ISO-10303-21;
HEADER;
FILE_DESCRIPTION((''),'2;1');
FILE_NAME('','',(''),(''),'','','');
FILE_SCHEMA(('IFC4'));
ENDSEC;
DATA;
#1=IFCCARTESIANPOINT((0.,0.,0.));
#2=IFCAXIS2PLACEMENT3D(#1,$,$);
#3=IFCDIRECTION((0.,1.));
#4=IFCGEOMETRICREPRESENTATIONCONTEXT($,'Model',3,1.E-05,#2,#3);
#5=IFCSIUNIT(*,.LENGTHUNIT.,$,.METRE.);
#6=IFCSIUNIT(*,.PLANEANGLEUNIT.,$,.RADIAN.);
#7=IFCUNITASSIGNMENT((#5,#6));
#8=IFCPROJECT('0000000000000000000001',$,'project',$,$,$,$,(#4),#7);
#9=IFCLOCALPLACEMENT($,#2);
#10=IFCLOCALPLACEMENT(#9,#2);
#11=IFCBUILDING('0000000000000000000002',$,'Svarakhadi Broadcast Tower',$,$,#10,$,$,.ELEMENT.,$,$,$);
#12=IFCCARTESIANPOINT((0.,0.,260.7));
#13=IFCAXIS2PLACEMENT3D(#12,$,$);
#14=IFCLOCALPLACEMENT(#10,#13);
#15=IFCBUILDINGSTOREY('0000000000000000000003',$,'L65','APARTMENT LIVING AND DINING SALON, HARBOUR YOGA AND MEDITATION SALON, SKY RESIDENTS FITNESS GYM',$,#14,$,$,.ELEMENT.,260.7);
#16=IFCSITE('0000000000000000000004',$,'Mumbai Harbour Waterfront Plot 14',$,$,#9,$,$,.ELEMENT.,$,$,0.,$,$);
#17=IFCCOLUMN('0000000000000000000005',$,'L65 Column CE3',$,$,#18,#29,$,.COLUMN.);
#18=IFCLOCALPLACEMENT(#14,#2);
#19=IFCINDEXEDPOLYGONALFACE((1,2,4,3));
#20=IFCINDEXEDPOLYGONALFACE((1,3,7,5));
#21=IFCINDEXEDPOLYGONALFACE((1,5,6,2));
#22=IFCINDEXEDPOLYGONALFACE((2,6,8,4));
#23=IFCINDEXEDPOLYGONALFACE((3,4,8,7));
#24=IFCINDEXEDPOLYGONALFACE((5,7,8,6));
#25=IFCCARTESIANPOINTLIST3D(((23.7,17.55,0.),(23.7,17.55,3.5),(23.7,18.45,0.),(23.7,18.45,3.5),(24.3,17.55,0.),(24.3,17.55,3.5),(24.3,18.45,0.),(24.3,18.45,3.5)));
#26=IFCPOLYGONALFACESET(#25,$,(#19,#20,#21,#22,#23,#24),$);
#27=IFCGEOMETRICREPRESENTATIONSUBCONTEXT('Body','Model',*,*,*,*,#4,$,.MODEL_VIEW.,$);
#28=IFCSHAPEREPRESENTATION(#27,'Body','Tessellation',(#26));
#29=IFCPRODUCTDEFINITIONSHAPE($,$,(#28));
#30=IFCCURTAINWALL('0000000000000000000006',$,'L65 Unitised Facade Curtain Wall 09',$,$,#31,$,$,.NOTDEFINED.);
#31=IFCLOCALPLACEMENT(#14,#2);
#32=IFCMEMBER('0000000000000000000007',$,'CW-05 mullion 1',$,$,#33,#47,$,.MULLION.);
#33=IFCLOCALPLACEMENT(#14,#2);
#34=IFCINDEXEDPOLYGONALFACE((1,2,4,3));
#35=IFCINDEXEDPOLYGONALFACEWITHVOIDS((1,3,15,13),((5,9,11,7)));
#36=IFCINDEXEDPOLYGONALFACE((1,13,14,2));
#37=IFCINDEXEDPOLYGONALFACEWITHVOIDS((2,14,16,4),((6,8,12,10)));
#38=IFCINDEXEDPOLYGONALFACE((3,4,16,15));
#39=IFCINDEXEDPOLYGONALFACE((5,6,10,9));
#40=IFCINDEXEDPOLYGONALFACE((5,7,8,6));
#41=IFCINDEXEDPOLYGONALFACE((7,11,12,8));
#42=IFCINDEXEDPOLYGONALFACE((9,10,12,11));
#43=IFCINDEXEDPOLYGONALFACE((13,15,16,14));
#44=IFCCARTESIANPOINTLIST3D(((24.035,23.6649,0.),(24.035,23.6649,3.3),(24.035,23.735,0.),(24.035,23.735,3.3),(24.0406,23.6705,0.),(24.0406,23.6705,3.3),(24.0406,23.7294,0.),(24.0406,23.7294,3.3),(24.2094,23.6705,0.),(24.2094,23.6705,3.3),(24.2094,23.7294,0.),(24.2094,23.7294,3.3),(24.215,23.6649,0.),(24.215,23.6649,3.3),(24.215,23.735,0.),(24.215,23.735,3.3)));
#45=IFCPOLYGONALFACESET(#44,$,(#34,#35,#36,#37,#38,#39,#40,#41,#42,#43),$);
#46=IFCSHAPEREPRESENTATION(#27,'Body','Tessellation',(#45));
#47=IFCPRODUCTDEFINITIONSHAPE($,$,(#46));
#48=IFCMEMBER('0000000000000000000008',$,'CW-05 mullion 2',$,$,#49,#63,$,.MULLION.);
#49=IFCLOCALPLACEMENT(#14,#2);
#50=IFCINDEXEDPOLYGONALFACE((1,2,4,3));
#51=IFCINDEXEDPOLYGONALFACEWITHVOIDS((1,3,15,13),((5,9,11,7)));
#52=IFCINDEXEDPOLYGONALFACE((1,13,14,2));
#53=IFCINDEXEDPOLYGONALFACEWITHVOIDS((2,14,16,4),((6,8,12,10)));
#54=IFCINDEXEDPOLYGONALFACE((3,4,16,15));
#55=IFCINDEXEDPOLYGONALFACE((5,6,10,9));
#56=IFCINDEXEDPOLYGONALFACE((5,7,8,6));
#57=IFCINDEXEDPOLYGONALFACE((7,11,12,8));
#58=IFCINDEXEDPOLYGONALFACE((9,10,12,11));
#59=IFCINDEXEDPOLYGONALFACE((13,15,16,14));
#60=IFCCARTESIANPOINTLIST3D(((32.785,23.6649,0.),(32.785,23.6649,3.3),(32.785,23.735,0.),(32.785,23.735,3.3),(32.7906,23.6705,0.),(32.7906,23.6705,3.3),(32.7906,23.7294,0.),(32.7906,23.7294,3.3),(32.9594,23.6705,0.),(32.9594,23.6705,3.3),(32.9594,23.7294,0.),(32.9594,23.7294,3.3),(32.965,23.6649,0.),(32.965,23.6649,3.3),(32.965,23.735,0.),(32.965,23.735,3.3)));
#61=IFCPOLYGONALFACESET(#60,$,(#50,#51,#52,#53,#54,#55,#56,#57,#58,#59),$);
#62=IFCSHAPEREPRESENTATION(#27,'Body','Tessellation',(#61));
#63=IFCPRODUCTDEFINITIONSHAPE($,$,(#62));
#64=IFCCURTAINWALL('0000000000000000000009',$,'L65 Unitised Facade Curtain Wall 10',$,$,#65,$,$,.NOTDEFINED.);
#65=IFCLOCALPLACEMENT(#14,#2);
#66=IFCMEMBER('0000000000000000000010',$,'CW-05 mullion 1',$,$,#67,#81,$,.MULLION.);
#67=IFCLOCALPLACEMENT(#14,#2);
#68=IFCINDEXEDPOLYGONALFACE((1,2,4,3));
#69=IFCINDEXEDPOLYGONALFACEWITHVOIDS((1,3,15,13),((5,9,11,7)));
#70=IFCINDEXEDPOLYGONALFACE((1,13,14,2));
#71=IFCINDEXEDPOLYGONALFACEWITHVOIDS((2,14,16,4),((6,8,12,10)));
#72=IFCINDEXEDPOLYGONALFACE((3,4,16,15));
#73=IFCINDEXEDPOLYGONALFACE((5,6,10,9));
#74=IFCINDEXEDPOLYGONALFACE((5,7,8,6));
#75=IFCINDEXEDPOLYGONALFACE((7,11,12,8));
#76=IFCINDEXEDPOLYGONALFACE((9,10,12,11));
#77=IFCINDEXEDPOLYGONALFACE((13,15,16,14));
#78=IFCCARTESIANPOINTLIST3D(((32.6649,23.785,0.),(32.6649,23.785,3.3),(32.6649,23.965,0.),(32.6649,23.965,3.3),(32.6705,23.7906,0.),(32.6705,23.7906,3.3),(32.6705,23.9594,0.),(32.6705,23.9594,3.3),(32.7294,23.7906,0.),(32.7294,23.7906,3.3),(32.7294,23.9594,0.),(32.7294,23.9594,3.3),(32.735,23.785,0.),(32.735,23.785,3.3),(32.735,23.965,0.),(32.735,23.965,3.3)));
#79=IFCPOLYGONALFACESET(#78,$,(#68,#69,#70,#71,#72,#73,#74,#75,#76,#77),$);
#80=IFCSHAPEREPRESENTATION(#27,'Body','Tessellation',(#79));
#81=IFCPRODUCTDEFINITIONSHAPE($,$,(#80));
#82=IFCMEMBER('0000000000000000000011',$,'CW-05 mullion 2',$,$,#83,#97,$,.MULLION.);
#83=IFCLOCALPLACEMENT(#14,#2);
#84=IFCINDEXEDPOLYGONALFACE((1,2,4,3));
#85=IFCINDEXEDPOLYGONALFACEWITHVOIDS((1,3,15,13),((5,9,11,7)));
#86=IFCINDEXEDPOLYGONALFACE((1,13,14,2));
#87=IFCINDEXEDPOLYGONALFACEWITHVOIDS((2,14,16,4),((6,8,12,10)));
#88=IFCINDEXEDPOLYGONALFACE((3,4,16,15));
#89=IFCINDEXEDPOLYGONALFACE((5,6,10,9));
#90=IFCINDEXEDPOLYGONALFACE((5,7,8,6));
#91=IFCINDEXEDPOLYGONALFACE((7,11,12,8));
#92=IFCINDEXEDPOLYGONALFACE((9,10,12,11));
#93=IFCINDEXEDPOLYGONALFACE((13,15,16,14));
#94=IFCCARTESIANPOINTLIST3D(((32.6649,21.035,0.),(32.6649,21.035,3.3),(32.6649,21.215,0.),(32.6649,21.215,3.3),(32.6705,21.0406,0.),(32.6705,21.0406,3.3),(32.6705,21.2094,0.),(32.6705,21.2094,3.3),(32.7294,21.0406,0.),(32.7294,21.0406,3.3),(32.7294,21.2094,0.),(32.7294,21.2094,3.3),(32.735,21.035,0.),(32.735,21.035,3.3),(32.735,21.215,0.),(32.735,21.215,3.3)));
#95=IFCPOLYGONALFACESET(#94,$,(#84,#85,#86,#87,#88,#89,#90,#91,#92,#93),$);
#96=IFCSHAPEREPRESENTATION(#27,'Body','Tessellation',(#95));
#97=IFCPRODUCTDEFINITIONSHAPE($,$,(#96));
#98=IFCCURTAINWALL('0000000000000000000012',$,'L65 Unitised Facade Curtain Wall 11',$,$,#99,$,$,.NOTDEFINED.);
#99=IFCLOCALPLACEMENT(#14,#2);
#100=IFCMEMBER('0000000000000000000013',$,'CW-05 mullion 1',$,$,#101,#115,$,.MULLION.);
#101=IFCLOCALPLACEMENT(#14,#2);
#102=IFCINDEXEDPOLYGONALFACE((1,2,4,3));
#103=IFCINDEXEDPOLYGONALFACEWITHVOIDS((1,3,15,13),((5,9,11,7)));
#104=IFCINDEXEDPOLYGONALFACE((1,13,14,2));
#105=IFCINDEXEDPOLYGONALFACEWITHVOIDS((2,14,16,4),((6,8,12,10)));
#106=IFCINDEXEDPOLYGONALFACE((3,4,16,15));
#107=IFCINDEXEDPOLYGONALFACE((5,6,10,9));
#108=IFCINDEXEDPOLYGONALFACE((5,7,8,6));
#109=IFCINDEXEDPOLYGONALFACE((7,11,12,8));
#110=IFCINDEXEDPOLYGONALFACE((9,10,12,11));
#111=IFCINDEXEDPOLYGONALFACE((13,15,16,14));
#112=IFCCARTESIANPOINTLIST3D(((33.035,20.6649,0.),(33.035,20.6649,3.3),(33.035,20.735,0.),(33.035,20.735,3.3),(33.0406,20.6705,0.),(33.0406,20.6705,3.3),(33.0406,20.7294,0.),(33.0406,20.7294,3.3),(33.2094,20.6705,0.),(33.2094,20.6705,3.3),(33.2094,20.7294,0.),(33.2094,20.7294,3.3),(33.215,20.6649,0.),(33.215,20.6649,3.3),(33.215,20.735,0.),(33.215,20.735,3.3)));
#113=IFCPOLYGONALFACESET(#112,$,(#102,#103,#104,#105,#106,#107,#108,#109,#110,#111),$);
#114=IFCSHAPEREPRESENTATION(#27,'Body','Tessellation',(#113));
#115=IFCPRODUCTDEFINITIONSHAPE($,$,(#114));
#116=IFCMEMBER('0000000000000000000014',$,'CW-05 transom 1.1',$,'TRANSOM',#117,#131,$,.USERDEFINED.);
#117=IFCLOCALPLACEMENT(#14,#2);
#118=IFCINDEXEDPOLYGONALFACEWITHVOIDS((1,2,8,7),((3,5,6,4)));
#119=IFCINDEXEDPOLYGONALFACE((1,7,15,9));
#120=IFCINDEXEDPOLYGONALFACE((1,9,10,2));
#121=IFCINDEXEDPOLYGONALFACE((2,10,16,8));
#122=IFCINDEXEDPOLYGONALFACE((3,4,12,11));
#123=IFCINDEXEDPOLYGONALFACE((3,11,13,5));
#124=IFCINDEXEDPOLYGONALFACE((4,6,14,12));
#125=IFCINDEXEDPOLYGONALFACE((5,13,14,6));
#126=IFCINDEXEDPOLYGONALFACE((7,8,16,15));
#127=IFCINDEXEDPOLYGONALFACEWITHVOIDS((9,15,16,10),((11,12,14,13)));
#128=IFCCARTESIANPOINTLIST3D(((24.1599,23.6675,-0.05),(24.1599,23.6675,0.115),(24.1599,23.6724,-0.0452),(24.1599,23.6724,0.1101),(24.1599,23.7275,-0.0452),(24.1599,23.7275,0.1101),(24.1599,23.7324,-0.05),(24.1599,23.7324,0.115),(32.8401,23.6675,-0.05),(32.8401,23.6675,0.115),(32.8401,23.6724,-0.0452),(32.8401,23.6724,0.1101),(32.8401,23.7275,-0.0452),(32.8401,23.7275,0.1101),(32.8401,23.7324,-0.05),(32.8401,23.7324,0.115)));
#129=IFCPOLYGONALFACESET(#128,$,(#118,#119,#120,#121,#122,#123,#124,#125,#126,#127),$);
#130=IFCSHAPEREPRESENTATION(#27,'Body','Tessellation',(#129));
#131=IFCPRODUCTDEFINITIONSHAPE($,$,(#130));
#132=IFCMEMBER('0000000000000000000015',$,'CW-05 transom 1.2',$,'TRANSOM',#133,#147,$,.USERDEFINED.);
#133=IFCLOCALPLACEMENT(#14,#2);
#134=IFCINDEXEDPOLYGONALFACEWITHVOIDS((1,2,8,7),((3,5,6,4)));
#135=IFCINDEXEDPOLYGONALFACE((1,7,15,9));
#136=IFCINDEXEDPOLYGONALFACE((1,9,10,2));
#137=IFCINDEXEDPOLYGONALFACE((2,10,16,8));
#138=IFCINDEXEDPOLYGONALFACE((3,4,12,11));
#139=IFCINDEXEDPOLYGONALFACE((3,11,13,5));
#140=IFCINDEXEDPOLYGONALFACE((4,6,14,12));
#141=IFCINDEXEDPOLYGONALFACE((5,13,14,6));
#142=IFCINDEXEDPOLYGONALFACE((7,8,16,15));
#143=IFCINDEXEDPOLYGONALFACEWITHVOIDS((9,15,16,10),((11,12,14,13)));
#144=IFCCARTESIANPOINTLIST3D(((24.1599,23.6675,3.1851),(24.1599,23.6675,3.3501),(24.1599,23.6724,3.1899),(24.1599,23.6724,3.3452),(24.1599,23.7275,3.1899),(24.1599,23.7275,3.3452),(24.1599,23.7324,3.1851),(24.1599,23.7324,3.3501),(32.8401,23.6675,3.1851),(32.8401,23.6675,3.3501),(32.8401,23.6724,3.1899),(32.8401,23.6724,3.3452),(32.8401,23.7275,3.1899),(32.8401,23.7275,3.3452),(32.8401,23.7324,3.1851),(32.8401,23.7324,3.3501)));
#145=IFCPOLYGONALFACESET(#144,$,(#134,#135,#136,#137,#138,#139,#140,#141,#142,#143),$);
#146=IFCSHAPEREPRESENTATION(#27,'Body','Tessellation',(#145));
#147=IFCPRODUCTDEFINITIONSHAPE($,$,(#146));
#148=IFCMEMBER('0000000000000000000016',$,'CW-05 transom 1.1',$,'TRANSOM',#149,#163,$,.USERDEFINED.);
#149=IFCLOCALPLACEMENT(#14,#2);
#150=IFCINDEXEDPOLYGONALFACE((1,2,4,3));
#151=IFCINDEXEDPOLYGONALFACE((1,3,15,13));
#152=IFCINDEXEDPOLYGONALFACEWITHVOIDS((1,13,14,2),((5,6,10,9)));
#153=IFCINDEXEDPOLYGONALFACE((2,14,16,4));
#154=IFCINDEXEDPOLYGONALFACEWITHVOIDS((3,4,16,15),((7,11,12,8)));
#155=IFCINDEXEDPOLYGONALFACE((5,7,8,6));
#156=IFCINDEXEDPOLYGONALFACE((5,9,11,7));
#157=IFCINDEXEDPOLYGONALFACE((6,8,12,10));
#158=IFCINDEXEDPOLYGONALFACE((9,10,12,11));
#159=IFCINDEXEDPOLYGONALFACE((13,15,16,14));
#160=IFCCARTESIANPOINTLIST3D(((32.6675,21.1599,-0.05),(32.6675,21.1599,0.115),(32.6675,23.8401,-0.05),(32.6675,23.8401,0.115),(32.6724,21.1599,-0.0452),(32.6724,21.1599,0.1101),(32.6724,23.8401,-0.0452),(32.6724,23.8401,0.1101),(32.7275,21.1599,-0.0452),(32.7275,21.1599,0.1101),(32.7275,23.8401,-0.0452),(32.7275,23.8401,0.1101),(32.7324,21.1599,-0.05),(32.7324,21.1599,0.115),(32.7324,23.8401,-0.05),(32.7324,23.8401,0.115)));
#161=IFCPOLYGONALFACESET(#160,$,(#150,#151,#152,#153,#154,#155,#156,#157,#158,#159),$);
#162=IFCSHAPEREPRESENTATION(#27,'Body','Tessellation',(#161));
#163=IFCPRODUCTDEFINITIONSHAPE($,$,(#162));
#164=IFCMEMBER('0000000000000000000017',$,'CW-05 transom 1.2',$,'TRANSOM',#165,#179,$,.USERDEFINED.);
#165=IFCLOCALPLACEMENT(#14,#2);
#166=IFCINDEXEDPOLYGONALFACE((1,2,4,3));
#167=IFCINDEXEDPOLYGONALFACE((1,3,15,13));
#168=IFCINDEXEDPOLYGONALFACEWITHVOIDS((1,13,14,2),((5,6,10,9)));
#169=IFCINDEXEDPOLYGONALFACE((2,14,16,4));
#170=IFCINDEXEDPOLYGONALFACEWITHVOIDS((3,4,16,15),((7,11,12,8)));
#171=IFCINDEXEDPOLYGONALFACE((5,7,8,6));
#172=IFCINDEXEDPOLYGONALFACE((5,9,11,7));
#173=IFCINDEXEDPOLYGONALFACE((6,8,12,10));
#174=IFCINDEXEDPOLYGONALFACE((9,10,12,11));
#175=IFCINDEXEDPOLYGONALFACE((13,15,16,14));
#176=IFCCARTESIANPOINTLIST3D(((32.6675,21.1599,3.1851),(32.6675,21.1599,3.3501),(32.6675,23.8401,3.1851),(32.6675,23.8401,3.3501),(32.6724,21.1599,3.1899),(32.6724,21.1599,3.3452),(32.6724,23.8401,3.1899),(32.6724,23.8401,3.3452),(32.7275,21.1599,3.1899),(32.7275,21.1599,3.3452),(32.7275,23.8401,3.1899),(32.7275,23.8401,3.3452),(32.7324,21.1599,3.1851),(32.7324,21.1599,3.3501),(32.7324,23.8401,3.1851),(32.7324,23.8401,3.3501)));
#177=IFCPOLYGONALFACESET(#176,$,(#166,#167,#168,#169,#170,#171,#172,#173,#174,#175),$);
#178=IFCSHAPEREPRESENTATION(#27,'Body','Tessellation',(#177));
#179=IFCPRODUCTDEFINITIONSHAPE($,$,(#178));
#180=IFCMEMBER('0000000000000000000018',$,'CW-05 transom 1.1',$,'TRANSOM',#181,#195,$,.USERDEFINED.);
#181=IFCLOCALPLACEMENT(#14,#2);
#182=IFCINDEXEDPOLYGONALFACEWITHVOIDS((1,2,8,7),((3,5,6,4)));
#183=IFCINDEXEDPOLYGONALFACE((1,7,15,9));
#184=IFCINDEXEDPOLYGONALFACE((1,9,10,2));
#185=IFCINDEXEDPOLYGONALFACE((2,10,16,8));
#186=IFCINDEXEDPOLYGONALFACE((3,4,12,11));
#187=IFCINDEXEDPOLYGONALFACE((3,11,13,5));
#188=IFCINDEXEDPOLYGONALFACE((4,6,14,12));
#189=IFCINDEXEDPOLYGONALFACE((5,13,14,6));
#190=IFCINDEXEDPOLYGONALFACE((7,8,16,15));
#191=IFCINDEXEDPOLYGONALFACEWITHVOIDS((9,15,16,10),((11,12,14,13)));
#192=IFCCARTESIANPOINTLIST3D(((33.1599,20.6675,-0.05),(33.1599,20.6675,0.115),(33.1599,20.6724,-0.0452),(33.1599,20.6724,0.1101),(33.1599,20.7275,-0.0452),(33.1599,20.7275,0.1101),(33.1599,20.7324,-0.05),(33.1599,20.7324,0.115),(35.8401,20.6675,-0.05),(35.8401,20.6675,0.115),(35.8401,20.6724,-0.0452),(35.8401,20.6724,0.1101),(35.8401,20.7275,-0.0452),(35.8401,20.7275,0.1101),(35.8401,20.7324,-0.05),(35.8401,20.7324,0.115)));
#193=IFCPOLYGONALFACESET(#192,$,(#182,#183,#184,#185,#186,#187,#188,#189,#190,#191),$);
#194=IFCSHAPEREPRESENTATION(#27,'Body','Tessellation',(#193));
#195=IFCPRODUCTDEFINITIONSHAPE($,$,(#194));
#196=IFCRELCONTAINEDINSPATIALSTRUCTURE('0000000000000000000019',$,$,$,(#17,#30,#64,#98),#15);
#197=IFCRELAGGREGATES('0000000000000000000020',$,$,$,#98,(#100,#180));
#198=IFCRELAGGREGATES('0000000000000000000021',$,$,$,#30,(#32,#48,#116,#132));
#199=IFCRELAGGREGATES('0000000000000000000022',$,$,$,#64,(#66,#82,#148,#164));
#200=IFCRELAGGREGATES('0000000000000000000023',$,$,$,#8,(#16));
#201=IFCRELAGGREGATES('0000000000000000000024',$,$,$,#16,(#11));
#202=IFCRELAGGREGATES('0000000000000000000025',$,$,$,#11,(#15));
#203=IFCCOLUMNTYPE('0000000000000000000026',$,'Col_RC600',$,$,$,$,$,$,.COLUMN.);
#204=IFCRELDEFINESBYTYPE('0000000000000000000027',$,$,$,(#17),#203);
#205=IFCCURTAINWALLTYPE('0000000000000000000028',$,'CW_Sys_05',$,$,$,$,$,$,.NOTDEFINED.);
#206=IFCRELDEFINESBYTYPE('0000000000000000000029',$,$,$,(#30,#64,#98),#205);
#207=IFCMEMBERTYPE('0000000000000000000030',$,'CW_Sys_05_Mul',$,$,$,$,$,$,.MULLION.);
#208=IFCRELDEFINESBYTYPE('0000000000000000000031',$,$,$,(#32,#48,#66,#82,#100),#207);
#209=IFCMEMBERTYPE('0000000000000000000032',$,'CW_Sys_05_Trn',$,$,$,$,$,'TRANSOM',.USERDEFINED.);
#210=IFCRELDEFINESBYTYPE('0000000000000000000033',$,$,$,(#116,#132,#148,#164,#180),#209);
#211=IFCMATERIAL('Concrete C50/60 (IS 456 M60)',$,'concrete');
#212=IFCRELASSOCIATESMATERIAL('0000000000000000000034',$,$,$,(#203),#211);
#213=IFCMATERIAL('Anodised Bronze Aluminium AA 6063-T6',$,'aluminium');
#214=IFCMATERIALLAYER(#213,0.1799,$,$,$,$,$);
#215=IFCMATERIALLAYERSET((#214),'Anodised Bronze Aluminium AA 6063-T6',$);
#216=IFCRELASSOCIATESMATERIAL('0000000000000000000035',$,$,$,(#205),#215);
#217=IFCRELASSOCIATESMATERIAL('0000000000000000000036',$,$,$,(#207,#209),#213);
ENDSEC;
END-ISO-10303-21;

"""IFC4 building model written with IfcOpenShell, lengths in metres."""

from ifc_helpers import new_model, si_unit, direction, frame, origin, origin_2d, place, context, subcontext, project, spatial, rectangle, hollow_rectangle, extrude, material, layer, layer_set, material_profile, profile_set, type_object, element, aggregate, save


model = new_model("IFC4")

# Units and contexts
model_context = context("Model", 3, precision=1e-05, world=origin(), true_north=direction((0.0, 1.0)))
body_context = subcontext(model_context, "Body", "Model", "MODEL_VIEW")
ifc_project = project(units=[si_unit("LENGTHUNIT", "METRE"), si_unit("PLANEANGLEUNIT", "RADIAN")], contexts=[model_context])

# Site, building, storey
site_placement = place(None, origin())
site = spatial("IfcSite", under=ifc_project, at=site_placement, Name="Mumbai Harbour Waterfront Plot 14", CompositionType="ELEMENT", RefElevation=0.0)
building_placement = place(site_placement, origin())
building = spatial("IfcBuilding", under=site, at=building_placement, Name="Svarakhadi Broadcast Tower", CompositionType="ELEMENT")
storey_placement = place(building_placement, frame((0.0, 0.0, 260.7)))
storey = spatial("IfcBuildingStorey", under=building, at=storey_placement, Name="L65", Description="APARTMENT LIVING AND DINING SALON, HARBOUR YOGA AND MEDITATION SALON, SKY RESIDENTS FITNESS GYM", CompositionType="ELEMENT", Elevation=260.7)

# Column
ifc_material_1 = material(Name="Concrete C50/60 (IS 456 M60)", Category="concrete")
ifc_material_profile_1 = material_profile(ifc_material_1, rectangle(XDim=0.6001, YDim=0.8999, at=origin_2d()), Name="RC 600x900")
ifc_profile_set_1 = profile_set([ifc_material_profile_1], Name="Concrete C50/60 (IS 456 M60)")
column_type = type_object("IfcColumnType", Name="Col_RC600", PredefinedType="COLUMN", material=ifc_profile_set_1)
column_placement = place(storey_placement, frame((24.0, 18.0, 0.0), z_axis=(0.0, 0.0, 1.0), x_axis=(1.0, 0.0, 0.0)))
element("IfcColumn", 1, at=column_placement, inside=storey, type_object=column_type, Name="L65 Column CE3", PredefinedType="COLUMN", context=body_context, shape_type="SweptSolid", body=[
    extrude(rectangle(XDim=0.6001, YDim=0.8999, at=origin_2d()), origin(), (0.0, 0.0, 1.0), 3.5),
])

# Curtain walls, members
ifc_material_2 = material(Name="Anodised Bronze Aluminium AA 6063-T6", Category="aluminium")
ifc_layer_1 = layer(ifc_material_2, 0.1799)
ifc_layer_set_1 = layer_set([ifc_layer_1], Name="Anodised Bronze Aluminium AA 6063-T6")
curtain_wall_type = type_object("IfcCurtainWallType", Name="CW_Sys_05", PredefinedType="NOTDEFINED", material=ifc_layer_set_1)
curtain_wall_1_placement = place(storey_placement, origin())
curtain_wall_1 = element("IfcCurtainWall", 2, at=curtain_wall_1_placement, inside=storey, type_object=curtain_wall_type, Name="L65 Unitised Facade Curtain Wall 09", PredefinedType="NOTDEFINED")
ifc_material_profile_2 = material_profile(ifc_material_2, hollow_rectangle(XDim=0.0701, YDim=0.1799, WallThickness=0.0056, at=origin_2d()), Name="ALU MULLION 180x70x6")
ifc_profile_set_2 = profile_set([ifc_material_profile_2], Name="Anodised Bronze Aluminium AA 6063-T6")
member_type_1 = type_object("IfcMemberType", Name="CW_Sys_05_Mul", PredefinedType="MULLION", material=ifc_profile_set_2)
member_1_placement = place(storey_placement, frame((24.125, 23.7, 0.0), z_axis=(0.0, 0.0, 1.0), x_axis=(0.0, 1.0, 0.0)))
member_1 = element("IfcMember", 3, at=member_1_placement, type_object=member_type_1, Name="CW-05 mullion 1", PredefinedType="MULLION", context=body_context, shape_type="SweptSolid", body=[
    extrude(hollow_rectangle(XDim=0.0701, YDim=0.1799, WallThickness=0.0056, at=origin_2d()), origin(), (0.0, 0.0, 1.0), 3.3),
])
member_2_placement = place(storey_placement, frame((32.875, 23.7, 0.0), z_axis=(0.0, 0.0, 1.0), x_axis=(0.0, 1.0, 0.0)))
member_2 = element("IfcMember", 4, at=member_2_placement, type_object=member_type_1, Name="CW-05 mullion 2", PredefinedType="MULLION", context=body_context, shape_type="SweptSolid", body=[
    extrude(hollow_rectangle(XDim=0.0701, YDim=0.1799, WallThickness=0.0056, at=origin_2d()), origin(), (0.0, 0.0, 1.0), 3.3),
])
curtain_wall_2_placement = place(storey_placement, origin())
curtain_wall_2 = element("IfcCurtainWall", 5, at=curtain_wall_2_placement, inside=storey, type_object=curtain_wall_type, Name="L65 Unitised Facade Curtain Wall 10", PredefinedType="NOTDEFINED")
member_3_placement = place(storey_placement, frame((32.7, 23.875, 0.0), z_axis=(0.0, 0.0, 1.0), x_axis=(1.0, 0.0, 0.0)))
member_3 = element("IfcMember", 6, at=member_3_placement, type_object=member_type_1, Name="CW-05 mullion 1", PredefinedType="MULLION", context=body_context, shape_type="SweptSolid", body=[
    extrude(hollow_rectangle(XDim=0.0701, YDim=0.1799, WallThickness=0.0056, at=origin_2d()), origin(), (0.0, 0.0, 1.0), 3.3),
])
member_4_placement = place(storey_placement, frame((32.7, 21.125, 0.0), z_axis=(0.0, 0.0, 1.0), x_axis=(1.0, 0.0, 0.0)))
member_4 = element("IfcMember", 7, at=member_4_placement, type_object=member_type_1, Name="CW-05 mullion 2", PredefinedType="MULLION", context=body_context, shape_type="SweptSolid", body=[
    extrude(hollow_rectangle(XDim=0.0701, YDim=0.1799, WallThickness=0.0056, at=origin_2d()), origin(), (0.0, 0.0, 1.0), 3.3),
])

# Curtain wall, member
curtain_wall_3_placement = place(storey_placement, origin())
curtain_wall_3 = element("IfcCurtainWall", 8, at=curtain_wall_3_placement, inside=storey, type_object=curtain_wall_type, Name="L65 Unitised Facade Curtain Wall 11", PredefinedType="NOTDEFINED")
member_5_placement = place(storey_placement, frame((33.125, 20.7, 0.0), z_axis=(0.0, 0.0, 1.0), x_axis=(0.0, 1.0, 0.0)))
member_5 = element("IfcMember", 9, at=member_5_placement, type_object=member_type_1, Name="CW-05 mullion 1", PredefinedType="MULLION", context=body_context, shape_type="SweptSolid", body=[
    extrude(hollow_rectangle(XDim=0.0701, YDim=0.1799, WallThickness=0.0056, at=origin_2d()), origin(), (0.0, 0.0, 1.0), 3.3),
])

# Members
ifc_material_profile_3 = material_profile(ifc_material_2, hollow_rectangle(XDim=0.0649, YDim=0.165, WallThickness=0.0049, at=origin_2d()), Name="ALU TRANSOM 165x65x5")
ifc_profile_set_3 = profile_set([ifc_material_profile_3], Name="Anodised Bronze Aluminium AA 6063-T6")
member_type_2 = type_object("IfcMemberType", Name="CW_Sys_05_Trn", ElementType="TRANSOM", PredefinedType="USERDEFINED", material=ifc_profile_set_3)
member_6_placement = place(storey_placement, frame((24.1599, 23.7, 0.0325), z_axis=(1.0, 0.0, 0.0), x_axis=(0.0, 1.0, 0.0)))
member_6 = element("IfcMember", 10, at=member_6_placement, type_object=member_type_2, Name="CW-05 transom 1.1", ObjectType="TRANSOM", PredefinedType="USERDEFINED", context=body_context, shape_type="SweptSolid", body=[
    extrude(hollow_rectangle(XDim=0.0649, YDim=0.165, WallThickness=0.0049, at=origin_2d()), origin(), (0.0, 0.0, 1.0), 8.6802),
])
member_7_placement = place(storey_placement, frame((24.1599, 23.7, 3.2676), z_axis=(1.0, 0.0, 0.0), x_axis=(0.0, 1.0, 0.0)))
member_7 = element("IfcMember", 11, at=member_7_placement, type_object=member_type_2, Name="CW-05 transom 1.2", ObjectType="TRANSOM", PredefinedType="USERDEFINED", context=body_context, shape_type="SweptSolid", body=[
    extrude(hollow_rectangle(XDim=0.0649, YDim=0.165, WallThickness=0.0049, at=origin_2d()), origin(), (0.0, 0.0, 1.0), 8.6802),
])
member_8_placement = place(storey_placement, frame((32.7, 23.8401, 0.0325), z_axis=(0.0, -1.0, 0.0), x_axis=(1.0, 0.0, 0.0)))
member_8 = element("IfcMember", 12, at=member_8_placement, type_object=member_type_2, Name="CW-05 transom 1.1", ObjectType="TRANSOM", PredefinedType="USERDEFINED", context=body_context, shape_type="SweptSolid", body=[
    extrude(hollow_rectangle(XDim=0.0649, YDim=0.165, WallThickness=0.0049, at=origin_2d()), origin(), (0.0, 0.0, 1.0), 2.6802),
])
member_9_placement = place(storey_placement, frame((32.7, 23.8401, 3.2676), z_axis=(0.0, -1.0, 0.0), x_axis=(1.0, 0.0, 0.0)))
member_9 = element("IfcMember", 13, at=member_9_placement, type_object=member_type_2, Name="CW-05 transom 1.2", ObjectType="TRANSOM", PredefinedType="USERDEFINED", context=body_context, shape_type="SweptSolid", body=[
    extrude(hollow_rectangle(XDim=0.0649, YDim=0.165, WallThickness=0.0049, at=origin_2d()), origin(), (0.0, 0.0, 1.0), 2.6802),
])
member_10_placement = place(storey_placement, frame((33.1599, 20.7, 0.0325), z_axis=(1.0, 0.0, 0.0), x_axis=(0.0, 1.0, 0.0)))
member_10 = element("IfcMember", 14, at=member_10_placement, type_object=member_type_2, Name="CW-05 transom 1.1", ObjectType="TRANSOM", PredefinedType="USERDEFINED", context=body_context, shape_type="SweptSolid", body=[
    extrude(hollow_rectangle(XDim=0.0649, YDim=0.165, WallThickness=0.0049, at=origin_2d()), origin(), (0.0, 0.0, 1.0), 2.6802),
])
aggregate(curtain_wall_3, [member_5, member_10])

aggregate(curtain_wall_1, [member_1, member_2, member_6, member_7])
aggregate(curtain_wall_2, [member_3, member_4, member_8, member_9])

save(model, "model.ifc")
